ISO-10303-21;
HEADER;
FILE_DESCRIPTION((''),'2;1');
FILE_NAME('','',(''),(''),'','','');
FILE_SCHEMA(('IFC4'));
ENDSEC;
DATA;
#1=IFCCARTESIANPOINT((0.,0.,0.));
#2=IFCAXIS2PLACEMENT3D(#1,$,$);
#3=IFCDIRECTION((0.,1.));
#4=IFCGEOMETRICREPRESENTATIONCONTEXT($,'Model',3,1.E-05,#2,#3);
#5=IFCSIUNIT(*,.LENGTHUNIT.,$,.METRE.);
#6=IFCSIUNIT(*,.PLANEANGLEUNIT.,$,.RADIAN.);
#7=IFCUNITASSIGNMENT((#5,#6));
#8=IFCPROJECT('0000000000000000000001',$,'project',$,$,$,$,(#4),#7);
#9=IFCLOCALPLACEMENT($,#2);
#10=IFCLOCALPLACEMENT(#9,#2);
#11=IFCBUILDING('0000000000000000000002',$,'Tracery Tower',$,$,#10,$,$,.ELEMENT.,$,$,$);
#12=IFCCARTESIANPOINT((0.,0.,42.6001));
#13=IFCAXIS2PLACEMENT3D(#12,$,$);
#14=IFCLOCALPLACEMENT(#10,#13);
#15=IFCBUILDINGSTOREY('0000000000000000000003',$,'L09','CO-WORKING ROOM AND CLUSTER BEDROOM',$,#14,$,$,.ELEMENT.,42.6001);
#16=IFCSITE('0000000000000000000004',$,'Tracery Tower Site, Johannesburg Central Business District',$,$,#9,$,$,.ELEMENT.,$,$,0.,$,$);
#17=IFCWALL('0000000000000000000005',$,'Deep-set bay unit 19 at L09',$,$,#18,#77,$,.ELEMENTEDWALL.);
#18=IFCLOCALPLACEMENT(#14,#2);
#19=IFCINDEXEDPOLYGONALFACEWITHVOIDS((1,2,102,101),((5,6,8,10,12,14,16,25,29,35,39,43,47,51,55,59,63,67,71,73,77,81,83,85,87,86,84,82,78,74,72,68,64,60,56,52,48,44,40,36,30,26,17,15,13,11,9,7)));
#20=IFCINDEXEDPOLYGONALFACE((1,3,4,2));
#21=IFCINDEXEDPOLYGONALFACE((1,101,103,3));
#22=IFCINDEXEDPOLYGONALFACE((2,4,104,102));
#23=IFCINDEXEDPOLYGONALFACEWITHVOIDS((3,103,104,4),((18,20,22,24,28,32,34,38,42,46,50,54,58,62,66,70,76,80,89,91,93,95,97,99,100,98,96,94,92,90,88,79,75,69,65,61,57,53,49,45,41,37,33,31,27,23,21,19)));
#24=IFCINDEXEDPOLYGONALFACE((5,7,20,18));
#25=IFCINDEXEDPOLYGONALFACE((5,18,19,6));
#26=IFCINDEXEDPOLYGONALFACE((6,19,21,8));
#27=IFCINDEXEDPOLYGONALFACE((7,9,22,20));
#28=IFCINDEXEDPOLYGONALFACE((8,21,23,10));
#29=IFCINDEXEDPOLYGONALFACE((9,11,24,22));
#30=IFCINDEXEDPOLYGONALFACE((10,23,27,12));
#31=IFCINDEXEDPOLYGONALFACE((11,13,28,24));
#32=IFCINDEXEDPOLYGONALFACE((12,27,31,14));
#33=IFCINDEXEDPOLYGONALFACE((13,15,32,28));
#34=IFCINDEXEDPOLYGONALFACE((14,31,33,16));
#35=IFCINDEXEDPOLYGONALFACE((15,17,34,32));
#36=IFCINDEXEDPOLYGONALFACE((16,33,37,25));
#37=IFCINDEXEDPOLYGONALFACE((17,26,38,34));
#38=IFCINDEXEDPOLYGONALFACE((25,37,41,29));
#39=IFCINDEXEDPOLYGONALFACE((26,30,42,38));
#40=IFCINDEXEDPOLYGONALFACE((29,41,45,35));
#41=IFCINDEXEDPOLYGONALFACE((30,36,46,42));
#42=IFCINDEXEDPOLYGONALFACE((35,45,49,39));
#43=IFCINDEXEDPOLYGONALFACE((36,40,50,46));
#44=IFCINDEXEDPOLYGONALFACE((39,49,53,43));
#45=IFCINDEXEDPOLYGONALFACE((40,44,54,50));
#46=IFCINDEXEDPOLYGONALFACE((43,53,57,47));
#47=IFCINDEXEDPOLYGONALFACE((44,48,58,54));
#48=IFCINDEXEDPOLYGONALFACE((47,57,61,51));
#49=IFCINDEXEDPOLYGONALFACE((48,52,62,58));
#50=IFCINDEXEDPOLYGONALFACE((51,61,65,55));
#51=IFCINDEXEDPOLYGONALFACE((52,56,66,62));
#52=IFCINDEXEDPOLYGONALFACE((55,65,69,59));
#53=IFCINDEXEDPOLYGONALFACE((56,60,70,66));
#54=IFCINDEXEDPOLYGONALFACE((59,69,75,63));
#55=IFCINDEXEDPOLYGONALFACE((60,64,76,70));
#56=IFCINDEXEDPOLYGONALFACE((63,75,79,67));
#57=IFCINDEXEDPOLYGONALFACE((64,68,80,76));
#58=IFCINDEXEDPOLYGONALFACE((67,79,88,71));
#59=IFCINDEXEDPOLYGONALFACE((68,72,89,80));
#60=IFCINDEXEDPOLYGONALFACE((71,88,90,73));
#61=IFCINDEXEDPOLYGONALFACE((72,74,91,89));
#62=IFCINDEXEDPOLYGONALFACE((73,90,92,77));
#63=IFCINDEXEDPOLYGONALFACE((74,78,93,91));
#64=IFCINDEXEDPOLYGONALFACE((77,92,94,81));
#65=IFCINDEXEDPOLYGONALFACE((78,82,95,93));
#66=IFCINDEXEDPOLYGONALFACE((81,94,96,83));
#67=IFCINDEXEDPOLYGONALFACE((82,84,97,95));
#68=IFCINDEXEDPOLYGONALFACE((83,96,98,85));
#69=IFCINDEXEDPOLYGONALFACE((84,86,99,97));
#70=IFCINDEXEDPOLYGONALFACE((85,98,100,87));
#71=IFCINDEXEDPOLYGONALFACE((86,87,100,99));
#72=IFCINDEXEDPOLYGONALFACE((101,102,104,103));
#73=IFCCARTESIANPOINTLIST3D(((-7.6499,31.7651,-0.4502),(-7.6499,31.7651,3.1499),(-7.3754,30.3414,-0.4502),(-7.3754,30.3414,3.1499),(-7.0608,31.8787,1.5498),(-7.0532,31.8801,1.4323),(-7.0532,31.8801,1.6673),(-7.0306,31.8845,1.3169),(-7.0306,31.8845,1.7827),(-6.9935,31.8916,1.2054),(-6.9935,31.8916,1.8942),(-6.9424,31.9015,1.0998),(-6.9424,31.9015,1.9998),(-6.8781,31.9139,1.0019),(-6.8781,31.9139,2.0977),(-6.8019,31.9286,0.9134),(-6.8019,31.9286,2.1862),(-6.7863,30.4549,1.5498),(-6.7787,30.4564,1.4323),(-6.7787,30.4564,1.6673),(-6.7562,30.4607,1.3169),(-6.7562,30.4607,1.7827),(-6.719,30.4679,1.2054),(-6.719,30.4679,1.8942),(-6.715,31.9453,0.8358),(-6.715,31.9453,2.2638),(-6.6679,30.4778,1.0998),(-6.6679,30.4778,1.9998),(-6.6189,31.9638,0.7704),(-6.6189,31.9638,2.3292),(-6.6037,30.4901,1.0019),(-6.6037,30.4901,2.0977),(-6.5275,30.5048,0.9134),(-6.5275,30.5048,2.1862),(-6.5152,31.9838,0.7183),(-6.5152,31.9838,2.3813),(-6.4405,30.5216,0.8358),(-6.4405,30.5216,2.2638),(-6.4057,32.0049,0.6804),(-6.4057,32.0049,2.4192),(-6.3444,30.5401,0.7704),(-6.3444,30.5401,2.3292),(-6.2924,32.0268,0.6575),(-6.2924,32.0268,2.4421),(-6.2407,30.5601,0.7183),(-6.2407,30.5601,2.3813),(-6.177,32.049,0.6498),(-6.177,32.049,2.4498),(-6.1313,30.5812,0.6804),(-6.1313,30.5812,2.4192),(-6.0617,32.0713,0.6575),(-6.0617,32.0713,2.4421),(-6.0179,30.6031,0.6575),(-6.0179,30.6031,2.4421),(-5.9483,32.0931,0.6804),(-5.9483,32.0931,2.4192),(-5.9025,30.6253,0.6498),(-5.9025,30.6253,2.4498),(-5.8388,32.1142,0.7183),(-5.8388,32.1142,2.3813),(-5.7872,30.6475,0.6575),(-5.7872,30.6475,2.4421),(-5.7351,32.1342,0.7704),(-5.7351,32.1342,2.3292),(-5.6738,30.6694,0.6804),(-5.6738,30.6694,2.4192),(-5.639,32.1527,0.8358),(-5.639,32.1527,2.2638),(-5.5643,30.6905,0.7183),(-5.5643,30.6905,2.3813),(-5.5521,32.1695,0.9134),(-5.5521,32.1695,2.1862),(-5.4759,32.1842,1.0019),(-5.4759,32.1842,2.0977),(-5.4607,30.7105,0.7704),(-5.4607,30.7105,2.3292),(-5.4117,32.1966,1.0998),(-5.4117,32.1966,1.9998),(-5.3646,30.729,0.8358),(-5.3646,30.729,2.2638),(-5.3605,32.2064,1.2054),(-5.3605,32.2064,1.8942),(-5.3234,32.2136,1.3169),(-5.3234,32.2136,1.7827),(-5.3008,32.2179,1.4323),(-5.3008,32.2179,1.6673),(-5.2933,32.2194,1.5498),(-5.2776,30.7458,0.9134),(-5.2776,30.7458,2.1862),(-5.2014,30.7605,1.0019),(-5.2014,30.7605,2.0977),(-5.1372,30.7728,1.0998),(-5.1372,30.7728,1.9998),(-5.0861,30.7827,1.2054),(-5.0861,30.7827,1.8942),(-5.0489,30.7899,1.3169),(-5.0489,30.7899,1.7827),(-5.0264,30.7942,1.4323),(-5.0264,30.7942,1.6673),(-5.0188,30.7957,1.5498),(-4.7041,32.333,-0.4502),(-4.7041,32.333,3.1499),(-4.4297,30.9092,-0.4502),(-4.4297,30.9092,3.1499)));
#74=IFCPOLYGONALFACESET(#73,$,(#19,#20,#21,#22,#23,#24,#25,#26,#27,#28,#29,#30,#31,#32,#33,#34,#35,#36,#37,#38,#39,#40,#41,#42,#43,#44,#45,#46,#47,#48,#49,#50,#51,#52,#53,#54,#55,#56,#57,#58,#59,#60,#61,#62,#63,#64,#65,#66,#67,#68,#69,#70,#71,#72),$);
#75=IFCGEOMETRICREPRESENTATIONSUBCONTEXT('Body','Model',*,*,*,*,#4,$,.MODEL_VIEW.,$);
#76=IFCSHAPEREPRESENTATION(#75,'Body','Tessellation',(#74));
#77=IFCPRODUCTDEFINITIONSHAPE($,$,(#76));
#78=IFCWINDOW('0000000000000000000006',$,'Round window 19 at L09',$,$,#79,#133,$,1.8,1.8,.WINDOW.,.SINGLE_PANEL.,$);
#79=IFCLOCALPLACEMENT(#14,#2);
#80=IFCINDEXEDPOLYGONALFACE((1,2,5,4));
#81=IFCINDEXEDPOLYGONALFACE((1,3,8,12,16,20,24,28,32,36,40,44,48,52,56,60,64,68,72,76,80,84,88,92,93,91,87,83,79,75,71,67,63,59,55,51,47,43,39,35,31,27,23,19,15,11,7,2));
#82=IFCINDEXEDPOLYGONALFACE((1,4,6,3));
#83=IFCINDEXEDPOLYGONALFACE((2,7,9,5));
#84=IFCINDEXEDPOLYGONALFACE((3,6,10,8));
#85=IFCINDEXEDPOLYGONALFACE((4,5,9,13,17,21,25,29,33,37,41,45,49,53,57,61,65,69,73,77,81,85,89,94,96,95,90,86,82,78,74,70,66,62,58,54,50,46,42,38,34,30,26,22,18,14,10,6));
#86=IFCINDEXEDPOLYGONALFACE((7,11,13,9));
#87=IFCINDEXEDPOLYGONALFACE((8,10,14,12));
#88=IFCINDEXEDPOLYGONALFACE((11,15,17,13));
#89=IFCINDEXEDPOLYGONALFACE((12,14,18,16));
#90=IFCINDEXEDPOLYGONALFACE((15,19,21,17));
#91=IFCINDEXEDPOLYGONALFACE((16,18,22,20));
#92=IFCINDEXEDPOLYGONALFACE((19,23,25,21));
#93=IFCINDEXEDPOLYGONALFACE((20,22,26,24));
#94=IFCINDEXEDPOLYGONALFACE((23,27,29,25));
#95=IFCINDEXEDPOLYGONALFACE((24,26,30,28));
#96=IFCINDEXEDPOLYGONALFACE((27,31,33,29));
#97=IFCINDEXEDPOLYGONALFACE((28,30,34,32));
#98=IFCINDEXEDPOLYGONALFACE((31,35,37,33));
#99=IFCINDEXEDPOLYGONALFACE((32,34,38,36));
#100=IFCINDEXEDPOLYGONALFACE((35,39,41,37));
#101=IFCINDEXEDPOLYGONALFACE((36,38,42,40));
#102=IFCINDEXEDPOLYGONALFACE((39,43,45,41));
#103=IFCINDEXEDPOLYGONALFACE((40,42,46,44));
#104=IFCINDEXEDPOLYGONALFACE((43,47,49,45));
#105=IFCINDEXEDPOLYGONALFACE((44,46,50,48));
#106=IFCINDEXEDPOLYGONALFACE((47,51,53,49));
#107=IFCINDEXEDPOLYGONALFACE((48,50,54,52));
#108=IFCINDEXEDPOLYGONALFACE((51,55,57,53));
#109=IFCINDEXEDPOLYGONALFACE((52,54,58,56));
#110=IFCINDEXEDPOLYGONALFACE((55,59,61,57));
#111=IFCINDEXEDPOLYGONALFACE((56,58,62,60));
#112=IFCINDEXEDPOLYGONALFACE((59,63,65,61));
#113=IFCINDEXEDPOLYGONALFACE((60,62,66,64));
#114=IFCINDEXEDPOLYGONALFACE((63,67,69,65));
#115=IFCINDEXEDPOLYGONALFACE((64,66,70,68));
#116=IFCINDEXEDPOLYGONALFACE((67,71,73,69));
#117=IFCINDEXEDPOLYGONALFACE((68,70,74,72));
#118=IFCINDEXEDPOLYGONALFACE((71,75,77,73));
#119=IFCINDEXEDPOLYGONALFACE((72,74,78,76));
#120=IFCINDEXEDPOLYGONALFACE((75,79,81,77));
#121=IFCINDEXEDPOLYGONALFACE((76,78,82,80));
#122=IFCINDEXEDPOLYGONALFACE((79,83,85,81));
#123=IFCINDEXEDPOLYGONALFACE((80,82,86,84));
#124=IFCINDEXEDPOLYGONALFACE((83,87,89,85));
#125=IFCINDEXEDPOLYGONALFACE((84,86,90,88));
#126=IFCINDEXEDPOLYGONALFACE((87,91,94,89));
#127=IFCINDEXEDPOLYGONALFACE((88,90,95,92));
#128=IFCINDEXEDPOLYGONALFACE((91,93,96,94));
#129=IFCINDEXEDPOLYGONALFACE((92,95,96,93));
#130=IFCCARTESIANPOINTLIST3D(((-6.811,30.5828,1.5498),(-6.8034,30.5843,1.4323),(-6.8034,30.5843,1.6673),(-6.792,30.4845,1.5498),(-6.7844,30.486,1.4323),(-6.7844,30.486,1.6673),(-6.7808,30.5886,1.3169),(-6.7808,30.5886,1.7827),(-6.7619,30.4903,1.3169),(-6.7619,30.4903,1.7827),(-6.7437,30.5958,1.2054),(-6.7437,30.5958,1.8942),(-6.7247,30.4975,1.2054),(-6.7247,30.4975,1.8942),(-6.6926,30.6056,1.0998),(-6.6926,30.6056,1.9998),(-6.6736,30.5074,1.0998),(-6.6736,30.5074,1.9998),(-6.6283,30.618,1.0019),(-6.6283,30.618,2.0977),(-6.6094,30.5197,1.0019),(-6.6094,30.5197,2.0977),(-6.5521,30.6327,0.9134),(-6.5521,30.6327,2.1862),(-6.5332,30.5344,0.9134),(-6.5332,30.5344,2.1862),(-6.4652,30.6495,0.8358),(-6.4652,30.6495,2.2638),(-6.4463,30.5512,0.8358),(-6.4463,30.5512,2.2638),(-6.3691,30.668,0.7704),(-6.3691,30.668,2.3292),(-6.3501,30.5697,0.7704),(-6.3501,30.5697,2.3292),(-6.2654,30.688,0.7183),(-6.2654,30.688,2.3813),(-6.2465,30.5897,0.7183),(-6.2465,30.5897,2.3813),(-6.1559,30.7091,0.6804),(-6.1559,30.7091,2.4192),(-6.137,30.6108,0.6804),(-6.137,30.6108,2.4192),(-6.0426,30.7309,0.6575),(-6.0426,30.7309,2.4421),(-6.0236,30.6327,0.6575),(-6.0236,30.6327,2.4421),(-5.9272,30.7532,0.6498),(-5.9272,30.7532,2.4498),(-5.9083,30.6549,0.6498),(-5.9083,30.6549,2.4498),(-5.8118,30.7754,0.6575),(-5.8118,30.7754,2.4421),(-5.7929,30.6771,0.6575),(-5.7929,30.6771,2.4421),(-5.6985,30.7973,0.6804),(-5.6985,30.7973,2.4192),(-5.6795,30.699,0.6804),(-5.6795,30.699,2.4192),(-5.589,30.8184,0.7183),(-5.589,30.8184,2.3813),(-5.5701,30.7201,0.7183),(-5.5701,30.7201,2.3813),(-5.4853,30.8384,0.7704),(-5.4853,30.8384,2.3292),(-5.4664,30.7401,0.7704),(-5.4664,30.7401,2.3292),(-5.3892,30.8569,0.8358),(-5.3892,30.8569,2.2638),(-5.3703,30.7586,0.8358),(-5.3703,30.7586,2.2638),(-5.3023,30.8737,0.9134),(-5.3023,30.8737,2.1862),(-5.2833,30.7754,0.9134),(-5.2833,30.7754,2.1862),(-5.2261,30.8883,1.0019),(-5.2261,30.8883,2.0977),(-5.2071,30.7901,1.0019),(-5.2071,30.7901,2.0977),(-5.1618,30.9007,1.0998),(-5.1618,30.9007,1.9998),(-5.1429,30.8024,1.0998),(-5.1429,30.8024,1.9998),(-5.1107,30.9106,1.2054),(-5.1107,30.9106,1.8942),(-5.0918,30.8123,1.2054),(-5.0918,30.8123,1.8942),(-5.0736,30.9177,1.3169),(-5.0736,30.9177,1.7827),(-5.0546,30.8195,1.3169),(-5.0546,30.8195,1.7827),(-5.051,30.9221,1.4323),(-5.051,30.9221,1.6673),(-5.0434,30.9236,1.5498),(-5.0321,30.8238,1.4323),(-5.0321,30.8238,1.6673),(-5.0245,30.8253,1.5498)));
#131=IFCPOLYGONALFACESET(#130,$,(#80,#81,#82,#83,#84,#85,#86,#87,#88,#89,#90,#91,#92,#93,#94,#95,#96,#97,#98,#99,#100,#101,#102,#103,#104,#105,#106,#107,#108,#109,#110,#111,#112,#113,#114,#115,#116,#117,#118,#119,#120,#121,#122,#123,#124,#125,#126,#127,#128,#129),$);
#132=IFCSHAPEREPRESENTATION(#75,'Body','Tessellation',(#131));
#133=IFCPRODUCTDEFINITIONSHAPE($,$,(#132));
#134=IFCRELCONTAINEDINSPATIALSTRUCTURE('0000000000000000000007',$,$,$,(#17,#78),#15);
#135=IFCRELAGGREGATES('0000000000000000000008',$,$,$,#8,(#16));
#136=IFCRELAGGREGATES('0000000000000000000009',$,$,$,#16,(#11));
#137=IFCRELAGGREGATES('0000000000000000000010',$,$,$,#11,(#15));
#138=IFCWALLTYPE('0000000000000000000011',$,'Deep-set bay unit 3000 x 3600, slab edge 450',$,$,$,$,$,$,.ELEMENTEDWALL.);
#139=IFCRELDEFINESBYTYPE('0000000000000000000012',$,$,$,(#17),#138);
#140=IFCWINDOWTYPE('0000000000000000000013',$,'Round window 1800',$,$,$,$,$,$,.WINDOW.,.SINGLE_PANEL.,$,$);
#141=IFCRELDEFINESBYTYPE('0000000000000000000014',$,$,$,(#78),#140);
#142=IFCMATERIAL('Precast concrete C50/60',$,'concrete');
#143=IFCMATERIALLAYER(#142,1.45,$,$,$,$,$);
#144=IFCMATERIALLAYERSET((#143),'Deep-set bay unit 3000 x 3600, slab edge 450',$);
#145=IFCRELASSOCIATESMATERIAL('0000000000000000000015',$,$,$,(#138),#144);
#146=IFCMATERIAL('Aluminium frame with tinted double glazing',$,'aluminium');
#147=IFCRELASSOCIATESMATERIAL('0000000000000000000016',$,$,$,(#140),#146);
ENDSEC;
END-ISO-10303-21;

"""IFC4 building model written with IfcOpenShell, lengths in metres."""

from ifc_helpers import new_model, si_unit, direction, frame, frame_2d, origin, origin_2d, place, context, subcontext, project, spatial, rectangle, circle, extrude, material, layer, layer_set, type_object, element, fill, save


model = new_model("IFC4")

# Units and contexts
model_context = context("Model", 3, precision=1e-05, world=origin(), true_north=direction((0.0, 1.0)))
body_context = subcontext(model_context, "Body", "Model", "MODEL_VIEW")
ifc_project = project(units=[si_unit("LENGTHUNIT", "METRE"), si_unit("PLANEANGLEUNIT", "RADIAN")], contexts=[model_context])

# Site, building, storey
site_placement = place(None, origin())
site = spatial("IfcSite", under=ifc_project, at=site_placement, Name="Tracery Tower Site, Johannesburg Central Business District", CompositionType="ELEMENT", RefElevation=0.0)
building_placement = place(site_placement, origin())
building = spatial("IfcBuilding", under=site, at=building_placement, Name="Tracery Tower", CompositionType="ELEMENT")
storey_placement = place(building_placement, frame((0.0, 0.0, 42.6001)))
storey = spatial("IfcBuildingStorey", under=building, at=storey_placement, Name="L09", Description="CO-WORKING ROOM AND CLUSTER BEDROOM", CompositionType="ELEMENT", Elevation=42.6001)

# Wall, opening, window
ifc_material_1 = material(Name="Precast concrete C50/60", Category="concrete")
ifc_layer_1 = layer(ifc_material_1, 1.45)
ifc_layer_set_1 = layer_set([ifc_layer_1], Name="Deep-set bay unit 3000 x 3600, slab edge 450")
wall_type_1 = type_object("IfcWallType", Name="Deep-set bay unit 3000 x 3600, slab edge 450", PredefinedType="ELEMENTEDWALL", material=ifc_layer_set_1)
wall_1_placement = place(storey_placement, frame((-4.5669, 31.6211, -0.4502), z_axis=(0.0, 0.0, 1.0), x_axis=(-0.981922, -0.189288, 0.0)))
wall_1 = element("IfcWall", 1, at=wall_1_placement, inside=storey, type_object=wall_type_1, Name="Deep-set bay unit 19 at L09", PredefinedType="ELEMENTEDWALL", context=body_context, shape_type="SweptSolid", body=[
    extrude(rectangle(XDim=3.0, YDim=1.45, at=frame_2d((1.5, 0.0))), origin(), (0.0, 0.0, 1.0), 3.6001),
])
opening_1_placement = place(wall_1_placement, frame((1.5, 0.0, 2.0)))
opening_1 = element("IfcOpeningElement", 2, at=opening_1_placement, cuts=wall_1, PredefinedType="OPENING", context=body_context, shape_type="SweptSolid", body=[
    extrude(circle(Radius=0.9, at=origin_2d()), frame((0.0, 0.7349, 0.0), z_axis=(0.0, -1.0, 0.0), x_axis=(1.0, 0.0, 0.0)), (0.0, 0.0, 1.0), 1.47),
])
ifc_material_2 = material(Name="Aluminium frame with tinted double glazing", Category="aluminium")
window_type = type_object("IfcWindowType", Name="Round window 1800", PartitioningType="SINGLE_PANEL", PredefinedType="WINDOW", material=ifc_material_2)
window_1_placement = place(opening_1_placement, origin())
window_1 = element("IfcWindow", 3, at=window_1_placement, inside=storey, type_object=window_type, Name="Round window 19 at L09", OverallHeight=1.8, OverallWidth=1.8, PartitioningType="SINGLE_PANEL", PredefinedType="WINDOW", context=body_context, shape_type="SweptSolid", body=[
    extrude(circle(Radius=0.9, at=origin_2d()), frame((0.0, 0.6948, 0.0), z_axis=(0.0, -1.0, 0.0), x_axis=(1.0, 0.0, 0.0)), (0.0, 0.0, 1.0), 0.1001),
])
fill(opening_1, window_1)

save(model, "model.ifc")
